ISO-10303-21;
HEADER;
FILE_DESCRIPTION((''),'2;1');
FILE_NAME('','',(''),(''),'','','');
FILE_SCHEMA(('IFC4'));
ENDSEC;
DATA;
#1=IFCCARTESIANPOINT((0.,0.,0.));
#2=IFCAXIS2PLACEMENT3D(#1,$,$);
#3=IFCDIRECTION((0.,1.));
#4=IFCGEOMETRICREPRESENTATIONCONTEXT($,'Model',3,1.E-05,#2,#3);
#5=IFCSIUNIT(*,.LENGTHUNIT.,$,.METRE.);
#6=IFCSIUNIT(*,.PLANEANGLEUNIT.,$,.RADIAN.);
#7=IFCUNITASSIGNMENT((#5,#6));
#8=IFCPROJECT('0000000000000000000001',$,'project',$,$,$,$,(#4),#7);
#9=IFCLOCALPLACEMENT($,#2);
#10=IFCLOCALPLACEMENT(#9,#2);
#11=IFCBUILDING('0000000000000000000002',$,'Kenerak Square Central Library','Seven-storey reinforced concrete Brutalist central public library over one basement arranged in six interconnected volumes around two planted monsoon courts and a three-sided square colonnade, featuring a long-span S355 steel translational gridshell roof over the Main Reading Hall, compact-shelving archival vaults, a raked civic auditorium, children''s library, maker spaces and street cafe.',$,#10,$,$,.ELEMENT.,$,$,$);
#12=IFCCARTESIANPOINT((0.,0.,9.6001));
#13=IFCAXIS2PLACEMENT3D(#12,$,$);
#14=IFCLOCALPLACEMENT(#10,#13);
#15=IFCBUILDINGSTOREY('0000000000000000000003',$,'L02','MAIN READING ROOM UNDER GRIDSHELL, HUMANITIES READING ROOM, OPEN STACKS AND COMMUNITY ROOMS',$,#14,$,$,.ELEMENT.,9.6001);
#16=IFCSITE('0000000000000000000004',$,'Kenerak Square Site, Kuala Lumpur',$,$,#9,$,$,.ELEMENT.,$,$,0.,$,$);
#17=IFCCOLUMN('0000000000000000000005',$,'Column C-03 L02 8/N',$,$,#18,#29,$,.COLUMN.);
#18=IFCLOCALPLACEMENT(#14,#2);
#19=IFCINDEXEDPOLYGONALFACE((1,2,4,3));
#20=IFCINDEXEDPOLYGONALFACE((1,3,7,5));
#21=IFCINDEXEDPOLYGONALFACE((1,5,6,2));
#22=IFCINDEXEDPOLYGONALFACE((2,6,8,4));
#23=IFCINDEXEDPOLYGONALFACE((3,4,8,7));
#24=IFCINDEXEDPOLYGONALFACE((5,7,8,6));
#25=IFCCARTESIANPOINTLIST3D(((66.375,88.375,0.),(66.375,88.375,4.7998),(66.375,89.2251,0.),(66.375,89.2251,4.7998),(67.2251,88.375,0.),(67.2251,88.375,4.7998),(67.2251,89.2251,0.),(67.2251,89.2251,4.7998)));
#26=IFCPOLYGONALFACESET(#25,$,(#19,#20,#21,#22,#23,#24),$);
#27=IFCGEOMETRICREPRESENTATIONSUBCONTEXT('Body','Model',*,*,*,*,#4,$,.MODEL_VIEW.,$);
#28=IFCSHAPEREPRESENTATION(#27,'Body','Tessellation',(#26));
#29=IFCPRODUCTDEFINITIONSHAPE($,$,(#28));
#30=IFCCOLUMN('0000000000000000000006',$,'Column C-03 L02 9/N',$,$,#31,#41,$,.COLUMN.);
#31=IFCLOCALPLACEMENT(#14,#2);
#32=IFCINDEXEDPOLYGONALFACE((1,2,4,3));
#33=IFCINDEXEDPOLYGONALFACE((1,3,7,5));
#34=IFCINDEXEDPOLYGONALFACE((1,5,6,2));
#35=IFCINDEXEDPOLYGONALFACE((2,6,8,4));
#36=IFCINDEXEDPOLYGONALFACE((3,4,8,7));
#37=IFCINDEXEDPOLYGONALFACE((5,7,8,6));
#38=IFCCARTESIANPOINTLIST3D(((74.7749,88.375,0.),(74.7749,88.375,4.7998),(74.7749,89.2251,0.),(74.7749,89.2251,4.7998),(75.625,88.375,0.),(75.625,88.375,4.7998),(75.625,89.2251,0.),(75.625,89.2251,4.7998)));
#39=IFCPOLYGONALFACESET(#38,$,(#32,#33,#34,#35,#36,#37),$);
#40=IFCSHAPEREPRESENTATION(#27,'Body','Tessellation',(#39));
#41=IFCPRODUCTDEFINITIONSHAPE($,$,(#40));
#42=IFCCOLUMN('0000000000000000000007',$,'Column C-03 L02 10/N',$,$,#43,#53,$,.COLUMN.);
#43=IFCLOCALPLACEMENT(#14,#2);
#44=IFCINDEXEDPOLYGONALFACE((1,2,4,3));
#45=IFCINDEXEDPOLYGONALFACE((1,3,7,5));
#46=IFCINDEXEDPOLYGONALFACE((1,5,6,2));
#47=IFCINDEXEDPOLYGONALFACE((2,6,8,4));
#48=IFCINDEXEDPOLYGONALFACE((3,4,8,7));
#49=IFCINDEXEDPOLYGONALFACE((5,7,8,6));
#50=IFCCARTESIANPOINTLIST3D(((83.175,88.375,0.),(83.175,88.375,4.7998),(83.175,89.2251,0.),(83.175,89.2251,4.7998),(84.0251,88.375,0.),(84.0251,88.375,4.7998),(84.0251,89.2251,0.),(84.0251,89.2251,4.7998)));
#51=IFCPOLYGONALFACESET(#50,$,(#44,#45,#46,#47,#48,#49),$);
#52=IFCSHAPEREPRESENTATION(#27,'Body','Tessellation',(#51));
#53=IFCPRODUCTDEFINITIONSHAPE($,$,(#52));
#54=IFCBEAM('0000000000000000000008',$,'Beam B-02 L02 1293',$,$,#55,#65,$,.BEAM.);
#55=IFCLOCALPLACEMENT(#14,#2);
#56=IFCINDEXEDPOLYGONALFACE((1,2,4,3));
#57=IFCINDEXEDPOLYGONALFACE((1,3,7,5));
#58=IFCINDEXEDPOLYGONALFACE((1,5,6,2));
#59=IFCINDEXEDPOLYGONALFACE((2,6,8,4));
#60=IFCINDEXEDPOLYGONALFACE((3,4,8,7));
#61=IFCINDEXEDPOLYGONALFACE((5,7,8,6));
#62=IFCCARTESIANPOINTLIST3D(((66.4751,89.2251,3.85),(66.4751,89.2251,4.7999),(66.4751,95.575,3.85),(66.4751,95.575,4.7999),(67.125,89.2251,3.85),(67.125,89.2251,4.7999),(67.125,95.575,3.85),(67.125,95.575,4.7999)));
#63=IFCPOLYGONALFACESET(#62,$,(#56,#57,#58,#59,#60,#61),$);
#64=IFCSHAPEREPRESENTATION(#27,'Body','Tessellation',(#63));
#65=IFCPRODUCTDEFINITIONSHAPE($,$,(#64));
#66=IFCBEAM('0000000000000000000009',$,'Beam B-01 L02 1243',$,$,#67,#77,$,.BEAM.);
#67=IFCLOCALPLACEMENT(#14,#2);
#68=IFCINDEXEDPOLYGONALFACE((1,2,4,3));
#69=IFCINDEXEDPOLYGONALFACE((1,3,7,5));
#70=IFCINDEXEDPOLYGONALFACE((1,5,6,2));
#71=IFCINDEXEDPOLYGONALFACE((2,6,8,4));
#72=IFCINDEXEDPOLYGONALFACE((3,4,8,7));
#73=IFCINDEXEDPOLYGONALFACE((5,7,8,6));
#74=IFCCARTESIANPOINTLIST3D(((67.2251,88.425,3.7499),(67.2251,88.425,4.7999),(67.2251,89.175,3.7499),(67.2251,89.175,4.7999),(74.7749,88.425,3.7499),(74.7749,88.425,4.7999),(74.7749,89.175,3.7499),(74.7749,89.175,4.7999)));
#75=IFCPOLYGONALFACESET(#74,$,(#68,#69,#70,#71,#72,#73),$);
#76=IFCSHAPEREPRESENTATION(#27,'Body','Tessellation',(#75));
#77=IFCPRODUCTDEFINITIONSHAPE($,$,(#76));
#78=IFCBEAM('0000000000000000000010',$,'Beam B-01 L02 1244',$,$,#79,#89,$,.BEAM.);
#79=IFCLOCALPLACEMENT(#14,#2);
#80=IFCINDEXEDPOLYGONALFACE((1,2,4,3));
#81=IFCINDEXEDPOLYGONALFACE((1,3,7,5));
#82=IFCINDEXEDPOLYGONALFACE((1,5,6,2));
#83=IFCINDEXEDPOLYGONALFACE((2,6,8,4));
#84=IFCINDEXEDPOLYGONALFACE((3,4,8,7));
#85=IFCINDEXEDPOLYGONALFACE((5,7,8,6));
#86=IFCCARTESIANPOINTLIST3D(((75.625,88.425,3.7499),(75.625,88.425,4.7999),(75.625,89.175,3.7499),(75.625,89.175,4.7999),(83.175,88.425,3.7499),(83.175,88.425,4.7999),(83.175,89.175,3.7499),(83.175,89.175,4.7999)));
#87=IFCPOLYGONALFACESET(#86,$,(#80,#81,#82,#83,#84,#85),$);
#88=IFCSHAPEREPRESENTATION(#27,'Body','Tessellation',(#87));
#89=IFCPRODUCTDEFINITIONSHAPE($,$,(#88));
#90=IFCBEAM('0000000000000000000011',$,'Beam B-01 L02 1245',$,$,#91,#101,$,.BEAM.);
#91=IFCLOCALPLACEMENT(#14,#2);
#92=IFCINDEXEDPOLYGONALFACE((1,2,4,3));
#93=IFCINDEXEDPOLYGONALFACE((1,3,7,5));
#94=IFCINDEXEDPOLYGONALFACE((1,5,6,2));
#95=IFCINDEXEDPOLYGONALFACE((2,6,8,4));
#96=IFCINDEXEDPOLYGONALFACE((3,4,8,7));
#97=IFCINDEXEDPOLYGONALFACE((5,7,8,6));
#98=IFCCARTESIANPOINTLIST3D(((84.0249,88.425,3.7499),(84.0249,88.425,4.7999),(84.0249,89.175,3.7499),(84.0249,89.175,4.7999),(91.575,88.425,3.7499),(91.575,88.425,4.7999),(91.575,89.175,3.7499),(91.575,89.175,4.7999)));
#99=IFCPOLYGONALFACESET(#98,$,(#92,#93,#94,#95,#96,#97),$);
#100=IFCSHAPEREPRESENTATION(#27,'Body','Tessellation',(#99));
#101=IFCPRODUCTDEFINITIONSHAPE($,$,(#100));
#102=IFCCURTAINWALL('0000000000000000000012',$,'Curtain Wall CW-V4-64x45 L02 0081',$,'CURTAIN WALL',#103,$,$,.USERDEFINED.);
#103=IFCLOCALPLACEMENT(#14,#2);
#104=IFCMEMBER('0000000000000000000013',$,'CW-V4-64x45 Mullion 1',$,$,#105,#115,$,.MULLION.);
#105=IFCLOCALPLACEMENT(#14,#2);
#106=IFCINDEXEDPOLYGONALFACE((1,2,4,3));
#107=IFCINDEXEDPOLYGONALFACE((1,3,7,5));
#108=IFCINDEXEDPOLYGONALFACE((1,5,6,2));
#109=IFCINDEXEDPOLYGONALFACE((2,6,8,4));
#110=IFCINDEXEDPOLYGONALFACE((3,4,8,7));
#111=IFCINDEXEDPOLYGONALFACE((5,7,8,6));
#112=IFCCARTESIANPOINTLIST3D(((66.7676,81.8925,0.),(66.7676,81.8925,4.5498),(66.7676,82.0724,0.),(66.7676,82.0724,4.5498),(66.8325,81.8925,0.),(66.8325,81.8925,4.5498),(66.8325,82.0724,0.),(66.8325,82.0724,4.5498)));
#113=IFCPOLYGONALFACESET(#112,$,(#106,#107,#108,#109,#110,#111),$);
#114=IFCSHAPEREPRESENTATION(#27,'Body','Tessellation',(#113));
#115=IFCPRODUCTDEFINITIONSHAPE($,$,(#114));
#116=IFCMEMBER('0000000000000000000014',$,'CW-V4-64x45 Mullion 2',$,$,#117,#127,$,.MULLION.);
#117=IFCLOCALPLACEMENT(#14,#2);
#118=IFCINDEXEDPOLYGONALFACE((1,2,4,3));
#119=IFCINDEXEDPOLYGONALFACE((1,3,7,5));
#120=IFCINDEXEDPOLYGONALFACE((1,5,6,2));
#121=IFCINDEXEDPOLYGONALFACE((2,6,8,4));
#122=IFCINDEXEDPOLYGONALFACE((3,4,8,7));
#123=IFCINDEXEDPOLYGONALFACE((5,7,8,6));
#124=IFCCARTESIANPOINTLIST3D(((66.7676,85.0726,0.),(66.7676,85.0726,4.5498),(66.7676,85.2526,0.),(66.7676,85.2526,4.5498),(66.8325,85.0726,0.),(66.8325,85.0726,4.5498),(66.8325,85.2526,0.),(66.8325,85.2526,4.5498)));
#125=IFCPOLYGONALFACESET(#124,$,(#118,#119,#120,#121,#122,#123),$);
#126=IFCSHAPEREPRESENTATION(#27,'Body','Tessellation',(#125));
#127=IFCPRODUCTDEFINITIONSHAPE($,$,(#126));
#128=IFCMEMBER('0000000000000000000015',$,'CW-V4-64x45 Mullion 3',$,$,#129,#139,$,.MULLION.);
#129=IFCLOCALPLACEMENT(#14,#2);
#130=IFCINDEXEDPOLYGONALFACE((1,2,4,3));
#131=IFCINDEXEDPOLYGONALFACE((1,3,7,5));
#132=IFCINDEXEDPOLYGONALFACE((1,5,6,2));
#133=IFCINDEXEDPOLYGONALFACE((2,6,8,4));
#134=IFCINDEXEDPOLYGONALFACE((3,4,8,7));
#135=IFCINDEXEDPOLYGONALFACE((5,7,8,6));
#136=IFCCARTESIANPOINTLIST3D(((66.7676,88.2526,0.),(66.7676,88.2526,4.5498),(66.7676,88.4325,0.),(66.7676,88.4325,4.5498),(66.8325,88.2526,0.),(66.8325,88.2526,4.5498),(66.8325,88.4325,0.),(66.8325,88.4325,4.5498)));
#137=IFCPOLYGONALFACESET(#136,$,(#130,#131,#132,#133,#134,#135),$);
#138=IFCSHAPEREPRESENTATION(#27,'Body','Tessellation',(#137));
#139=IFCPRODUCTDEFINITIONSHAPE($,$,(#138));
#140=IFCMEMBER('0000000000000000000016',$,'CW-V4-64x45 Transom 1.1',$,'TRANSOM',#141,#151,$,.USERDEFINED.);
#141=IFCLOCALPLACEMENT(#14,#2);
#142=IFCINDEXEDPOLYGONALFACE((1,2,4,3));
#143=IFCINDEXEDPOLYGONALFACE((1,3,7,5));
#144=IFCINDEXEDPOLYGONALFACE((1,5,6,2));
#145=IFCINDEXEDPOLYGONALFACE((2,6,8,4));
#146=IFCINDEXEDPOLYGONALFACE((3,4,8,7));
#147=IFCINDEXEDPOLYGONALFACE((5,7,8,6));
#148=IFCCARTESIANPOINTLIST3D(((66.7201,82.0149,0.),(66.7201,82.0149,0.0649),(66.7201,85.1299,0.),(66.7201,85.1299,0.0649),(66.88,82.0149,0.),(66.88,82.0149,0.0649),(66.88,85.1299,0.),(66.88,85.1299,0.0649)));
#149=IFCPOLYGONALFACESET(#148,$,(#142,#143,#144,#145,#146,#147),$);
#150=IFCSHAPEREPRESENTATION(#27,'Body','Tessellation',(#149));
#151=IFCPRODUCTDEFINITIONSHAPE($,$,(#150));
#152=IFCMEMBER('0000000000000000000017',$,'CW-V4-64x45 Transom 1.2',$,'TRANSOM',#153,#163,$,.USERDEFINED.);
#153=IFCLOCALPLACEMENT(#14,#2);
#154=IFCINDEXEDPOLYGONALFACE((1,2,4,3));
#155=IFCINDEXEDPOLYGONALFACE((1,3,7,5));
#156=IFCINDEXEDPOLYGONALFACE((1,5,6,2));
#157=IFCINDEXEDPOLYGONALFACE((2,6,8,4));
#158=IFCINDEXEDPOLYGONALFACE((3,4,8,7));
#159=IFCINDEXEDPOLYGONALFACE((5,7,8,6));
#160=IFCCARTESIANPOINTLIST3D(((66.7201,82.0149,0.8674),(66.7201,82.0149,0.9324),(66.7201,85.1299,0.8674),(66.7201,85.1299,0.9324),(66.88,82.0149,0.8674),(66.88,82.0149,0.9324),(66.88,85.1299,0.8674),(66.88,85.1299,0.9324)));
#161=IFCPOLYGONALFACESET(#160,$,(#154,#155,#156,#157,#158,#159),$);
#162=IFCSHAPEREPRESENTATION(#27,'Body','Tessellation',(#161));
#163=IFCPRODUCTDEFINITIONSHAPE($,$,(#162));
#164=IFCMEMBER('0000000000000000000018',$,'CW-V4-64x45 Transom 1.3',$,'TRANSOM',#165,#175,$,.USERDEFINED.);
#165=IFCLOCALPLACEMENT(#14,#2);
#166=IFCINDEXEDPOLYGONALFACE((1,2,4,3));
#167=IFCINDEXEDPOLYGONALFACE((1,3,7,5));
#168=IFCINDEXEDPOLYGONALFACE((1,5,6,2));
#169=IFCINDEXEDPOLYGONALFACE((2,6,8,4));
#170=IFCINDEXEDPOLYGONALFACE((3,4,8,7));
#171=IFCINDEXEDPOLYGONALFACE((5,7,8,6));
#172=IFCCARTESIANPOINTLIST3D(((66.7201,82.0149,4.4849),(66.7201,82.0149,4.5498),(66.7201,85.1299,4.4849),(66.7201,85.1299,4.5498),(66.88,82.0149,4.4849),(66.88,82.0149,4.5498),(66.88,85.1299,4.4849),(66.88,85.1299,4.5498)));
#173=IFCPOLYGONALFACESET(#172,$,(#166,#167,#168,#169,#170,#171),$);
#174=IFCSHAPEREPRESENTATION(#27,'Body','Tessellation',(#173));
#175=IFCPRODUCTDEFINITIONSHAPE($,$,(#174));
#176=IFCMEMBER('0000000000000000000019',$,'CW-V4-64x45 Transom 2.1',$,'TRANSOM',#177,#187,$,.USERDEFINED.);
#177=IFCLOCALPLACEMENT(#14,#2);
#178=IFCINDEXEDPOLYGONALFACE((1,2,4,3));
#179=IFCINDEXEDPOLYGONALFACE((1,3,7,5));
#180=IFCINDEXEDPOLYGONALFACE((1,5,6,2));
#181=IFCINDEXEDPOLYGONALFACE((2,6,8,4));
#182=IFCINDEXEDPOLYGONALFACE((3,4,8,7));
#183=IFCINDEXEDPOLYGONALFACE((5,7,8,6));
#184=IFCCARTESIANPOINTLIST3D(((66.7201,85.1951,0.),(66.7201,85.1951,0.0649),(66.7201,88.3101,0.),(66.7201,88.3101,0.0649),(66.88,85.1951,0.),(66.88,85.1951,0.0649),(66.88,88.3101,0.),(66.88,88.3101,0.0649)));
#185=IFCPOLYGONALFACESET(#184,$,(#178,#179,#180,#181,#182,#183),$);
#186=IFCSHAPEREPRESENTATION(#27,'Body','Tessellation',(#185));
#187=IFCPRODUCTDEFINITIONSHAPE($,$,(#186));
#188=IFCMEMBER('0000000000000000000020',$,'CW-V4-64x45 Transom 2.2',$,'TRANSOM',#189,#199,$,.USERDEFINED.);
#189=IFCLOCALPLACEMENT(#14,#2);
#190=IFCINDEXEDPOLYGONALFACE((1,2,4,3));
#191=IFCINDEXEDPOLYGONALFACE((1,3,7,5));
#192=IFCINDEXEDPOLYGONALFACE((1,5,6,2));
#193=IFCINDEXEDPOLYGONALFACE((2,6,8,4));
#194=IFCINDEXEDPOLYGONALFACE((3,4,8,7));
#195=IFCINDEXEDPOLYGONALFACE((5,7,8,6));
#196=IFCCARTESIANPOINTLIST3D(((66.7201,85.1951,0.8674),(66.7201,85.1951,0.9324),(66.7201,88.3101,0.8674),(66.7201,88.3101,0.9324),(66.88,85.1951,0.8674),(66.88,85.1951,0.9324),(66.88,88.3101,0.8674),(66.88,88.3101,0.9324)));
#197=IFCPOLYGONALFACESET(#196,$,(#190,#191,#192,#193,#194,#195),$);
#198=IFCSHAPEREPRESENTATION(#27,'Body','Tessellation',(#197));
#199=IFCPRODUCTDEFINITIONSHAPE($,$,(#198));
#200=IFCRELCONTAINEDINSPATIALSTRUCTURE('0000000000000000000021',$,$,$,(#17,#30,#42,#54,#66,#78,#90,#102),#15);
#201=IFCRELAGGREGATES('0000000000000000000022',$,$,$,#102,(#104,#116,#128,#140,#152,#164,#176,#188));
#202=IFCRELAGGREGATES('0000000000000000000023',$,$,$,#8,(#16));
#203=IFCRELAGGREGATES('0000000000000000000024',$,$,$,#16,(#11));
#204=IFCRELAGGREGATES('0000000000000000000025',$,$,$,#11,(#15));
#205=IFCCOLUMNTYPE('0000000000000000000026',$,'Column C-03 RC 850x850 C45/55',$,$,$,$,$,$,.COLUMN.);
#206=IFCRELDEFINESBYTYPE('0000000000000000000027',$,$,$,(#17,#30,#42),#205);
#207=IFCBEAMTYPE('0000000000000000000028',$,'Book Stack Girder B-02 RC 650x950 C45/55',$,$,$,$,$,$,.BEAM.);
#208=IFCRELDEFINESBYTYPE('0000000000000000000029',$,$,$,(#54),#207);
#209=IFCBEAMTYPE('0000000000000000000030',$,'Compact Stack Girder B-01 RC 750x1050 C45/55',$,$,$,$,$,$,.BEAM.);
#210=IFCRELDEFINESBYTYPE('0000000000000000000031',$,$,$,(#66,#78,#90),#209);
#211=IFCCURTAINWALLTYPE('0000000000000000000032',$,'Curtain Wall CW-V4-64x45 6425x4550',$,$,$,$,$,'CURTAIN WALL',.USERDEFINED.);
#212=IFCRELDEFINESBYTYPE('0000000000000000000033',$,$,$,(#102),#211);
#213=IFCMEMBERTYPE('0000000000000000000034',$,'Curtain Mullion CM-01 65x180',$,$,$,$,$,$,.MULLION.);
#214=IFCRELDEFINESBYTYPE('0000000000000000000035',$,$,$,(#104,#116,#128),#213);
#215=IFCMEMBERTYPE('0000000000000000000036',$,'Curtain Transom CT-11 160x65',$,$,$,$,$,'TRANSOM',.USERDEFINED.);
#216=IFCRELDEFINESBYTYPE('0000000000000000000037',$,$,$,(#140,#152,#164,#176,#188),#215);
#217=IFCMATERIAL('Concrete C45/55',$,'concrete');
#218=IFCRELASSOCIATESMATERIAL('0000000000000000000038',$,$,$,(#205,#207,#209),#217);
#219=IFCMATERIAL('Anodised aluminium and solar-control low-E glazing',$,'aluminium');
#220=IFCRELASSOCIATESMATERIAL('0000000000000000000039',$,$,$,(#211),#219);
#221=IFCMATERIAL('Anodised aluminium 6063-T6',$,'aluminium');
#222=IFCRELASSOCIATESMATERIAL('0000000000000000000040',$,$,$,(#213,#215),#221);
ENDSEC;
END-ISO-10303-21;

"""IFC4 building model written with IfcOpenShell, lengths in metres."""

from ifc_helpers import new_model, si_unit, direction, frame, origin, origin_2d, place, context, subcontext, project, spatial, rectangle, extrude, material, material_profile, profile_set, type_object, element, aggregate, save


model = new_model("IFC4")

# Units and contexts
model_context = context("Model", 3, precision=1e-05, world=origin(), true_north=direction((0.0, 1.0)))
body_context = subcontext(model_context, "Body", "Model", "MODEL_VIEW")
ifc_project = project(units=[si_unit("LENGTHUNIT", "METRE"), si_unit("PLANEANGLEUNIT", "RADIAN")], contexts=[model_context])

# Site, building, storey
site_placement = place(None, origin())
site = spatial("IfcSite", under=ifc_project, at=site_placement, Name="Kenerak Square Site, Kuala Lumpur", CompositionType="ELEMENT", RefElevation=0.0)
building_placement = place(site_placement, origin())
building = spatial("IfcBuilding", under=site, at=building_placement, Name="Kenerak Square Central Library", Description="Seven-storey reinforced concrete Brutalist central public library over one basement arranged in six interconnected volumes around two planted monsoon courts and a three-sided square colonnade, featuring a long-span S355 steel translational gridshell roof over the Main Reading Hall, compact-shelving archival vaults, a raked civic auditorium, children's library, maker spaces and street cafe.", CompositionType="ELEMENT")
storey_placement = place(building_placement, frame((0.0, 0.0, 9.6001)))
storey = spatial("IfcBuildingStorey", under=building, at=storey_placement, Name="L02", Description="MAIN READING ROOM UNDER GRIDSHELL, HUMANITIES READING ROOM, OPEN STACKS AND COMMUNITY ROOMS", CompositionType="ELEMENT", Elevation=9.6001)

# Columns
ifc_material_1 = material(Name="Concrete C45/55", Category="concrete")
ifc_material_profile_1 = material_profile(ifc_material_1, rectangle(XDim=0.8501, YDim=0.8501, at=origin_2d()), Name="RC 850x850")
ifc_profile_set_1 = profile_set([ifc_material_profile_1], Name="Concrete C45/55")
column_type = type_object("IfcColumnType", Name="Column C-03 RC 850x850 C45/55", PredefinedType="COLUMN", material=ifc_profile_set_1)
for number, where, z_axis, x_axis, name in (
    (1, (66.8, 88.8, 0.0), (0.0, 0.0, 1.0), (1.0, 0.0, 0.0), "Column C-03 L02 8/N"),
    (2, (75.2, 88.8, 0.0), (0.0, 0.0, 1.0), (1.0, 0.0, 0.0), "Column C-03 L02 9/N"),
    (3, (83.6001, 88.8, 0.0), (0.0, 0.0, 1.0), (1.0, 0.0, 0.0), "Column C-03 L02 10/N"),
):
    element("IfcColumn", number, at=place(storey_placement, frame(where, z_axis=z_axis, x_axis=x_axis)), inside=storey, type_object=column_type, Name=name, PredefinedType="COLUMN", context=body_context, shape_type="SweptSolid", body=[
        extrude(rectangle(XDim=0.8501, YDim=0.8501, at=origin_2d()), origin(), (0.0, 0.0, 1.0), 4.7998),
    ])

# Beams
ifc_material_profile_2 = material_profile(ifc_material_1, rectangle(XDim=0.6499, YDim=0.95, at=origin_2d()), Name="RC 650x950")
ifc_profile_set_2 = profile_set([ifc_material_profile_2], Name="Concrete C45/55")
beam_type_1 = type_object("IfcBeamType", Name="Book Stack Girder B-02 RC 650x950 C45/55", PredefinedType="BEAM", material=ifc_profile_set_2)
beam_1_placement = place(storey_placement, frame((66.8, 89.2251, 4.325), z_axis=(0.0, 1.0, 0.0), x_axis=(-1.0, 0.0, 0.0)))
element("IfcBeam", 4, at=beam_1_placement, inside=storey, type_object=beam_type_1, Name="Beam B-02 L02 1293", PredefinedType="BEAM", context=body_context, shape_type="SweptSolid", body=[
    extrude(rectangle(XDim=0.6499, YDim=0.95, at=origin_2d()), origin(), (0.0, 0.0, 1.0), 6.3499),
])
ifc_material_profile_3 = material_profile(ifc_material_1, rectangle(XDim=0.75, YDim=1.05, at=origin_2d()), Name="RC 750x1050")
ifc_profile_set_3 = profile_set([ifc_material_profile_3], Name="Concrete C45/55")
beam_type_2 = type_object("IfcBeamType", Name="Compact Stack Girder B-01 RC 750x1050 C45/55", PredefinedType="BEAM", material=ifc_profile_set_3)
beam_2_placement = place(storey_placement, frame((67.2251, 88.8, 4.2749), z_axis=(1.0, 0.0, 0.0), x_axis=(0.0, 1.0, 0.0)))
element("IfcBeam", 5, at=beam_2_placement, inside=storey, type_object=beam_type_2, Name="Beam B-01 L02 1243", PredefinedType="BEAM", context=body_context, shape_type="SweptSolid", body=[
    extrude(rectangle(XDim=0.75, YDim=1.05, at=origin_2d()), origin(), (0.0, 0.0, 1.0), 7.5498),
])
for number, where, z_axis, x_axis, name in (
    (6, (75.625, 88.8, 4.2749), (1.0, 0.0, 0.0), (0.0, 1.0, 0.0), "Beam B-01 L02 1244"),
    (7, (84.0249, 88.8, 4.2749), (1.0, 0.0, 0.0), (0.0, 1.0, 0.0), "Beam B-01 L02 1245"),
):
    element("IfcBeam", number, at=place(storey_placement, frame(where, z_axis=z_axis, x_axis=x_axis)), inside=storey, type_object=beam_type_2, Name=name, PredefinedType="BEAM", context=body_context, shape_type="SweptSolid", body=[
        extrude(rectangle(XDim=0.75, YDim=1.05, at=origin_2d()), origin(), (0.0, 0.0, 1.0), 7.55),
    ])

# Curtain wall, members
ifc_material_2 = material(Name="Anodised aluminium and solar-control low-E glazing", Category="aluminium")
curtain_wall_type = type_object("IfcCurtainWallType", Name="Curtain Wall CW-V4-64x45 6425x4550", ElementType="CURTAIN WALL", PredefinedType="USERDEFINED", material=ifc_material_2)
curtain_wall_placement = place(storey_placement, origin())
curtain_wall = element("IfcCurtainWall", 8, at=curtain_wall_placement, inside=storey, type_object=curtain_wall_type, Name="Curtain Wall CW-V4-64x45 L02 0081", ObjectType="CURTAIN WALL", PredefinedType="USERDEFINED")
ifc_material_3 = material(Name="Anodised aluminium 6063-T6", Category="aluminium")
ifc_material_profile_4 = material_profile(ifc_material_3, rectangle(XDim=0.0649, YDim=0.1799, at=origin_2d()), Name="AL MULLION 65x180")
ifc_profile_set_4 = profile_set([ifc_material_profile_4], Name="Anodised aluminium 6063-T6")
member_type_1 = type_object("IfcMemberType", Name="Curtain Mullion CM-01 65x180", PredefinedType="MULLION", material=ifc_profile_set_4)
member_1_placement = place(storey_placement, frame((66.8, 81.9824, 0.0), z_axis=(0.0, 0.0, 1.0), x_axis=(-1.0, 0.0, 0.0)))
member_1 = element("IfcMember", 9, at=member_1_placement, type_object=member_type_1, Name="CW-V4-64x45 Mullion 1", PredefinedType="MULLION", context=body_context, shape_type="SweptSolid", body=[
    extrude(rectangle(XDim=0.0649, YDim=0.1799, at=origin_2d()), origin(), (0.0, 0.0, 1.0), 4.5498),
])
member_2_placement = place(storey_placement, frame((66.8, 85.1626, 0.0), z_axis=(0.0, 0.0, 1.0), x_axis=(-1.0, 0.0, 0.0)))
member_2 = element("IfcMember", 10, at=member_2_placement, type_object=member_type_1, Name="CW-V4-64x45 Mullion 2", PredefinedType="MULLION", context=body_context, shape_type="SweptSolid", body=[
    extrude(rectangle(XDim=0.0649, YDim=0.1799, at=origin_2d()), origin(), (0.0, 0.0, 1.0), 4.5498),
])
member_3_placement = place(storey_placement, frame((66.8, 88.3425, 0.0), z_axis=(0.0, 0.0, 1.0), x_axis=(-1.0, 0.0, 0.0)))
member_3 = element("IfcMember", 11, at=member_3_placement, type_object=member_type_1, Name="CW-V4-64x45 Mullion 3", PredefinedType="MULLION", context=body_context, shape_type="SweptSolid", body=[
    extrude(rectangle(XDim=0.0649, YDim=0.1799, at=origin_2d()), origin(), (0.0, 0.0, 1.0), 4.5498),
])
ifc_material_profile_5 = material_profile(ifc_material_3, rectangle(XDim=0.1599, YDim=0.0649, at=origin_2d()), Name="AL TRANSOM 160x65")
ifc_profile_set_5 = profile_set([ifc_material_profile_5], Name="Anodised aluminium 6063-T6")
member_type_2 = type_object("IfcMemberType", Name="Curtain Transom CT-11 160x65", ElementType="TRANSOM", PredefinedType="USERDEFINED", material=ifc_profile_set_5)
member_4_placement = place(storey_placement, frame((66.8, 82.0149, 0.0325), z_axis=(0.0, 1.0, 0.0), x_axis=(-1.0, 0.0, 0.0)))
member_4 = element("IfcMember", 12, at=member_4_placement, type_object=member_type_2, Name="CW-V4-64x45 Transom 1.1", ObjectType="TRANSOM", PredefinedType="USERDEFINED", context=body_context, shape_type="SweptSolid", body=[
    extrude(rectangle(XDim=0.1599, YDim=0.0649, at=origin_2d()), origin(), (0.0, 0.0, 1.0), 3.115),
])
member_5_placement = place(storey_placement, frame((66.8, 82.0149, 0.8999), z_axis=(0.0, 1.0, 0.0), x_axis=(-1.0, 0.0, 0.0)))
member_5 = element("IfcMember", 13, at=member_5_placement, type_object=member_type_2, Name="CW-V4-64x45 Transom 1.2", ObjectType="TRANSOM", PredefinedType="USERDEFINED", context=body_context, shape_type="SweptSolid", body=[
    extrude(rectangle(XDim=0.1599, YDim=0.0649, at=origin_2d()), origin(), (0.0, 0.0, 1.0), 3.115),
])
member_6_placement = place(storey_placement, frame((66.8, 82.0149, 4.5173), z_axis=(0.0, 1.0, 0.0), x_axis=(-1.0, 0.0, 0.0)))
member_6 = element("IfcMember", 14, at=member_6_placement, type_object=member_type_2, Name="CW-V4-64x45 Transom 1.3", ObjectType="TRANSOM", PredefinedType="USERDEFINED", context=body_context, shape_type="SweptSolid", body=[
    extrude(rectangle(XDim=0.1599, YDim=0.0649, at=origin_2d()), origin(), (0.0, 0.0, 1.0), 3.115),
])
member_7_placement = place(storey_placement, frame((66.8, 85.1951, 0.0325), z_axis=(0.0, 1.0, 0.0), x_axis=(-1.0, 0.0, 0.0)))
member_7 = element("IfcMember", 15, at=member_7_placement, type_object=member_type_2, Name="CW-V4-64x45 Transom 2.1", ObjectType="TRANSOM", PredefinedType="USERDEFINED", context=body_context, shape_type="SweptSolid", body=[
    extrude(rectangle(XDim=0.1599, YDim=0.0649, at=origin_2d()), origin(), (0.0, 0.0, 1.0), 3.115),
])
member_8_placement = place(storey_placement, frame((66.8, 85.1951, 0.8999), z_axis=(0.0, 1.0, 0.0), x_axis=(-1.0, 0.0, 0.0)))
member_8 = element("IfcMember", 16, at=member_8_placement, type_object=member_type_2, Name="CW-V4-64x45 Transom 2.2", ObjectType="TRANSOM", PredefinedType="USERDEFINED", context=body_context, shape_type="SweptSolid", body=[
    extrude(rectangle(XDim=0.1599, YDim=0.0649, at=origin_2d()), origin(), (0.0, 0.0, 1.0), 3.115),
])

aggregate(curtain_wall, [member_1, member_2, member_3, member_4, member_5, member_6, member_7, member_8])

save(model, "model.ifc")
